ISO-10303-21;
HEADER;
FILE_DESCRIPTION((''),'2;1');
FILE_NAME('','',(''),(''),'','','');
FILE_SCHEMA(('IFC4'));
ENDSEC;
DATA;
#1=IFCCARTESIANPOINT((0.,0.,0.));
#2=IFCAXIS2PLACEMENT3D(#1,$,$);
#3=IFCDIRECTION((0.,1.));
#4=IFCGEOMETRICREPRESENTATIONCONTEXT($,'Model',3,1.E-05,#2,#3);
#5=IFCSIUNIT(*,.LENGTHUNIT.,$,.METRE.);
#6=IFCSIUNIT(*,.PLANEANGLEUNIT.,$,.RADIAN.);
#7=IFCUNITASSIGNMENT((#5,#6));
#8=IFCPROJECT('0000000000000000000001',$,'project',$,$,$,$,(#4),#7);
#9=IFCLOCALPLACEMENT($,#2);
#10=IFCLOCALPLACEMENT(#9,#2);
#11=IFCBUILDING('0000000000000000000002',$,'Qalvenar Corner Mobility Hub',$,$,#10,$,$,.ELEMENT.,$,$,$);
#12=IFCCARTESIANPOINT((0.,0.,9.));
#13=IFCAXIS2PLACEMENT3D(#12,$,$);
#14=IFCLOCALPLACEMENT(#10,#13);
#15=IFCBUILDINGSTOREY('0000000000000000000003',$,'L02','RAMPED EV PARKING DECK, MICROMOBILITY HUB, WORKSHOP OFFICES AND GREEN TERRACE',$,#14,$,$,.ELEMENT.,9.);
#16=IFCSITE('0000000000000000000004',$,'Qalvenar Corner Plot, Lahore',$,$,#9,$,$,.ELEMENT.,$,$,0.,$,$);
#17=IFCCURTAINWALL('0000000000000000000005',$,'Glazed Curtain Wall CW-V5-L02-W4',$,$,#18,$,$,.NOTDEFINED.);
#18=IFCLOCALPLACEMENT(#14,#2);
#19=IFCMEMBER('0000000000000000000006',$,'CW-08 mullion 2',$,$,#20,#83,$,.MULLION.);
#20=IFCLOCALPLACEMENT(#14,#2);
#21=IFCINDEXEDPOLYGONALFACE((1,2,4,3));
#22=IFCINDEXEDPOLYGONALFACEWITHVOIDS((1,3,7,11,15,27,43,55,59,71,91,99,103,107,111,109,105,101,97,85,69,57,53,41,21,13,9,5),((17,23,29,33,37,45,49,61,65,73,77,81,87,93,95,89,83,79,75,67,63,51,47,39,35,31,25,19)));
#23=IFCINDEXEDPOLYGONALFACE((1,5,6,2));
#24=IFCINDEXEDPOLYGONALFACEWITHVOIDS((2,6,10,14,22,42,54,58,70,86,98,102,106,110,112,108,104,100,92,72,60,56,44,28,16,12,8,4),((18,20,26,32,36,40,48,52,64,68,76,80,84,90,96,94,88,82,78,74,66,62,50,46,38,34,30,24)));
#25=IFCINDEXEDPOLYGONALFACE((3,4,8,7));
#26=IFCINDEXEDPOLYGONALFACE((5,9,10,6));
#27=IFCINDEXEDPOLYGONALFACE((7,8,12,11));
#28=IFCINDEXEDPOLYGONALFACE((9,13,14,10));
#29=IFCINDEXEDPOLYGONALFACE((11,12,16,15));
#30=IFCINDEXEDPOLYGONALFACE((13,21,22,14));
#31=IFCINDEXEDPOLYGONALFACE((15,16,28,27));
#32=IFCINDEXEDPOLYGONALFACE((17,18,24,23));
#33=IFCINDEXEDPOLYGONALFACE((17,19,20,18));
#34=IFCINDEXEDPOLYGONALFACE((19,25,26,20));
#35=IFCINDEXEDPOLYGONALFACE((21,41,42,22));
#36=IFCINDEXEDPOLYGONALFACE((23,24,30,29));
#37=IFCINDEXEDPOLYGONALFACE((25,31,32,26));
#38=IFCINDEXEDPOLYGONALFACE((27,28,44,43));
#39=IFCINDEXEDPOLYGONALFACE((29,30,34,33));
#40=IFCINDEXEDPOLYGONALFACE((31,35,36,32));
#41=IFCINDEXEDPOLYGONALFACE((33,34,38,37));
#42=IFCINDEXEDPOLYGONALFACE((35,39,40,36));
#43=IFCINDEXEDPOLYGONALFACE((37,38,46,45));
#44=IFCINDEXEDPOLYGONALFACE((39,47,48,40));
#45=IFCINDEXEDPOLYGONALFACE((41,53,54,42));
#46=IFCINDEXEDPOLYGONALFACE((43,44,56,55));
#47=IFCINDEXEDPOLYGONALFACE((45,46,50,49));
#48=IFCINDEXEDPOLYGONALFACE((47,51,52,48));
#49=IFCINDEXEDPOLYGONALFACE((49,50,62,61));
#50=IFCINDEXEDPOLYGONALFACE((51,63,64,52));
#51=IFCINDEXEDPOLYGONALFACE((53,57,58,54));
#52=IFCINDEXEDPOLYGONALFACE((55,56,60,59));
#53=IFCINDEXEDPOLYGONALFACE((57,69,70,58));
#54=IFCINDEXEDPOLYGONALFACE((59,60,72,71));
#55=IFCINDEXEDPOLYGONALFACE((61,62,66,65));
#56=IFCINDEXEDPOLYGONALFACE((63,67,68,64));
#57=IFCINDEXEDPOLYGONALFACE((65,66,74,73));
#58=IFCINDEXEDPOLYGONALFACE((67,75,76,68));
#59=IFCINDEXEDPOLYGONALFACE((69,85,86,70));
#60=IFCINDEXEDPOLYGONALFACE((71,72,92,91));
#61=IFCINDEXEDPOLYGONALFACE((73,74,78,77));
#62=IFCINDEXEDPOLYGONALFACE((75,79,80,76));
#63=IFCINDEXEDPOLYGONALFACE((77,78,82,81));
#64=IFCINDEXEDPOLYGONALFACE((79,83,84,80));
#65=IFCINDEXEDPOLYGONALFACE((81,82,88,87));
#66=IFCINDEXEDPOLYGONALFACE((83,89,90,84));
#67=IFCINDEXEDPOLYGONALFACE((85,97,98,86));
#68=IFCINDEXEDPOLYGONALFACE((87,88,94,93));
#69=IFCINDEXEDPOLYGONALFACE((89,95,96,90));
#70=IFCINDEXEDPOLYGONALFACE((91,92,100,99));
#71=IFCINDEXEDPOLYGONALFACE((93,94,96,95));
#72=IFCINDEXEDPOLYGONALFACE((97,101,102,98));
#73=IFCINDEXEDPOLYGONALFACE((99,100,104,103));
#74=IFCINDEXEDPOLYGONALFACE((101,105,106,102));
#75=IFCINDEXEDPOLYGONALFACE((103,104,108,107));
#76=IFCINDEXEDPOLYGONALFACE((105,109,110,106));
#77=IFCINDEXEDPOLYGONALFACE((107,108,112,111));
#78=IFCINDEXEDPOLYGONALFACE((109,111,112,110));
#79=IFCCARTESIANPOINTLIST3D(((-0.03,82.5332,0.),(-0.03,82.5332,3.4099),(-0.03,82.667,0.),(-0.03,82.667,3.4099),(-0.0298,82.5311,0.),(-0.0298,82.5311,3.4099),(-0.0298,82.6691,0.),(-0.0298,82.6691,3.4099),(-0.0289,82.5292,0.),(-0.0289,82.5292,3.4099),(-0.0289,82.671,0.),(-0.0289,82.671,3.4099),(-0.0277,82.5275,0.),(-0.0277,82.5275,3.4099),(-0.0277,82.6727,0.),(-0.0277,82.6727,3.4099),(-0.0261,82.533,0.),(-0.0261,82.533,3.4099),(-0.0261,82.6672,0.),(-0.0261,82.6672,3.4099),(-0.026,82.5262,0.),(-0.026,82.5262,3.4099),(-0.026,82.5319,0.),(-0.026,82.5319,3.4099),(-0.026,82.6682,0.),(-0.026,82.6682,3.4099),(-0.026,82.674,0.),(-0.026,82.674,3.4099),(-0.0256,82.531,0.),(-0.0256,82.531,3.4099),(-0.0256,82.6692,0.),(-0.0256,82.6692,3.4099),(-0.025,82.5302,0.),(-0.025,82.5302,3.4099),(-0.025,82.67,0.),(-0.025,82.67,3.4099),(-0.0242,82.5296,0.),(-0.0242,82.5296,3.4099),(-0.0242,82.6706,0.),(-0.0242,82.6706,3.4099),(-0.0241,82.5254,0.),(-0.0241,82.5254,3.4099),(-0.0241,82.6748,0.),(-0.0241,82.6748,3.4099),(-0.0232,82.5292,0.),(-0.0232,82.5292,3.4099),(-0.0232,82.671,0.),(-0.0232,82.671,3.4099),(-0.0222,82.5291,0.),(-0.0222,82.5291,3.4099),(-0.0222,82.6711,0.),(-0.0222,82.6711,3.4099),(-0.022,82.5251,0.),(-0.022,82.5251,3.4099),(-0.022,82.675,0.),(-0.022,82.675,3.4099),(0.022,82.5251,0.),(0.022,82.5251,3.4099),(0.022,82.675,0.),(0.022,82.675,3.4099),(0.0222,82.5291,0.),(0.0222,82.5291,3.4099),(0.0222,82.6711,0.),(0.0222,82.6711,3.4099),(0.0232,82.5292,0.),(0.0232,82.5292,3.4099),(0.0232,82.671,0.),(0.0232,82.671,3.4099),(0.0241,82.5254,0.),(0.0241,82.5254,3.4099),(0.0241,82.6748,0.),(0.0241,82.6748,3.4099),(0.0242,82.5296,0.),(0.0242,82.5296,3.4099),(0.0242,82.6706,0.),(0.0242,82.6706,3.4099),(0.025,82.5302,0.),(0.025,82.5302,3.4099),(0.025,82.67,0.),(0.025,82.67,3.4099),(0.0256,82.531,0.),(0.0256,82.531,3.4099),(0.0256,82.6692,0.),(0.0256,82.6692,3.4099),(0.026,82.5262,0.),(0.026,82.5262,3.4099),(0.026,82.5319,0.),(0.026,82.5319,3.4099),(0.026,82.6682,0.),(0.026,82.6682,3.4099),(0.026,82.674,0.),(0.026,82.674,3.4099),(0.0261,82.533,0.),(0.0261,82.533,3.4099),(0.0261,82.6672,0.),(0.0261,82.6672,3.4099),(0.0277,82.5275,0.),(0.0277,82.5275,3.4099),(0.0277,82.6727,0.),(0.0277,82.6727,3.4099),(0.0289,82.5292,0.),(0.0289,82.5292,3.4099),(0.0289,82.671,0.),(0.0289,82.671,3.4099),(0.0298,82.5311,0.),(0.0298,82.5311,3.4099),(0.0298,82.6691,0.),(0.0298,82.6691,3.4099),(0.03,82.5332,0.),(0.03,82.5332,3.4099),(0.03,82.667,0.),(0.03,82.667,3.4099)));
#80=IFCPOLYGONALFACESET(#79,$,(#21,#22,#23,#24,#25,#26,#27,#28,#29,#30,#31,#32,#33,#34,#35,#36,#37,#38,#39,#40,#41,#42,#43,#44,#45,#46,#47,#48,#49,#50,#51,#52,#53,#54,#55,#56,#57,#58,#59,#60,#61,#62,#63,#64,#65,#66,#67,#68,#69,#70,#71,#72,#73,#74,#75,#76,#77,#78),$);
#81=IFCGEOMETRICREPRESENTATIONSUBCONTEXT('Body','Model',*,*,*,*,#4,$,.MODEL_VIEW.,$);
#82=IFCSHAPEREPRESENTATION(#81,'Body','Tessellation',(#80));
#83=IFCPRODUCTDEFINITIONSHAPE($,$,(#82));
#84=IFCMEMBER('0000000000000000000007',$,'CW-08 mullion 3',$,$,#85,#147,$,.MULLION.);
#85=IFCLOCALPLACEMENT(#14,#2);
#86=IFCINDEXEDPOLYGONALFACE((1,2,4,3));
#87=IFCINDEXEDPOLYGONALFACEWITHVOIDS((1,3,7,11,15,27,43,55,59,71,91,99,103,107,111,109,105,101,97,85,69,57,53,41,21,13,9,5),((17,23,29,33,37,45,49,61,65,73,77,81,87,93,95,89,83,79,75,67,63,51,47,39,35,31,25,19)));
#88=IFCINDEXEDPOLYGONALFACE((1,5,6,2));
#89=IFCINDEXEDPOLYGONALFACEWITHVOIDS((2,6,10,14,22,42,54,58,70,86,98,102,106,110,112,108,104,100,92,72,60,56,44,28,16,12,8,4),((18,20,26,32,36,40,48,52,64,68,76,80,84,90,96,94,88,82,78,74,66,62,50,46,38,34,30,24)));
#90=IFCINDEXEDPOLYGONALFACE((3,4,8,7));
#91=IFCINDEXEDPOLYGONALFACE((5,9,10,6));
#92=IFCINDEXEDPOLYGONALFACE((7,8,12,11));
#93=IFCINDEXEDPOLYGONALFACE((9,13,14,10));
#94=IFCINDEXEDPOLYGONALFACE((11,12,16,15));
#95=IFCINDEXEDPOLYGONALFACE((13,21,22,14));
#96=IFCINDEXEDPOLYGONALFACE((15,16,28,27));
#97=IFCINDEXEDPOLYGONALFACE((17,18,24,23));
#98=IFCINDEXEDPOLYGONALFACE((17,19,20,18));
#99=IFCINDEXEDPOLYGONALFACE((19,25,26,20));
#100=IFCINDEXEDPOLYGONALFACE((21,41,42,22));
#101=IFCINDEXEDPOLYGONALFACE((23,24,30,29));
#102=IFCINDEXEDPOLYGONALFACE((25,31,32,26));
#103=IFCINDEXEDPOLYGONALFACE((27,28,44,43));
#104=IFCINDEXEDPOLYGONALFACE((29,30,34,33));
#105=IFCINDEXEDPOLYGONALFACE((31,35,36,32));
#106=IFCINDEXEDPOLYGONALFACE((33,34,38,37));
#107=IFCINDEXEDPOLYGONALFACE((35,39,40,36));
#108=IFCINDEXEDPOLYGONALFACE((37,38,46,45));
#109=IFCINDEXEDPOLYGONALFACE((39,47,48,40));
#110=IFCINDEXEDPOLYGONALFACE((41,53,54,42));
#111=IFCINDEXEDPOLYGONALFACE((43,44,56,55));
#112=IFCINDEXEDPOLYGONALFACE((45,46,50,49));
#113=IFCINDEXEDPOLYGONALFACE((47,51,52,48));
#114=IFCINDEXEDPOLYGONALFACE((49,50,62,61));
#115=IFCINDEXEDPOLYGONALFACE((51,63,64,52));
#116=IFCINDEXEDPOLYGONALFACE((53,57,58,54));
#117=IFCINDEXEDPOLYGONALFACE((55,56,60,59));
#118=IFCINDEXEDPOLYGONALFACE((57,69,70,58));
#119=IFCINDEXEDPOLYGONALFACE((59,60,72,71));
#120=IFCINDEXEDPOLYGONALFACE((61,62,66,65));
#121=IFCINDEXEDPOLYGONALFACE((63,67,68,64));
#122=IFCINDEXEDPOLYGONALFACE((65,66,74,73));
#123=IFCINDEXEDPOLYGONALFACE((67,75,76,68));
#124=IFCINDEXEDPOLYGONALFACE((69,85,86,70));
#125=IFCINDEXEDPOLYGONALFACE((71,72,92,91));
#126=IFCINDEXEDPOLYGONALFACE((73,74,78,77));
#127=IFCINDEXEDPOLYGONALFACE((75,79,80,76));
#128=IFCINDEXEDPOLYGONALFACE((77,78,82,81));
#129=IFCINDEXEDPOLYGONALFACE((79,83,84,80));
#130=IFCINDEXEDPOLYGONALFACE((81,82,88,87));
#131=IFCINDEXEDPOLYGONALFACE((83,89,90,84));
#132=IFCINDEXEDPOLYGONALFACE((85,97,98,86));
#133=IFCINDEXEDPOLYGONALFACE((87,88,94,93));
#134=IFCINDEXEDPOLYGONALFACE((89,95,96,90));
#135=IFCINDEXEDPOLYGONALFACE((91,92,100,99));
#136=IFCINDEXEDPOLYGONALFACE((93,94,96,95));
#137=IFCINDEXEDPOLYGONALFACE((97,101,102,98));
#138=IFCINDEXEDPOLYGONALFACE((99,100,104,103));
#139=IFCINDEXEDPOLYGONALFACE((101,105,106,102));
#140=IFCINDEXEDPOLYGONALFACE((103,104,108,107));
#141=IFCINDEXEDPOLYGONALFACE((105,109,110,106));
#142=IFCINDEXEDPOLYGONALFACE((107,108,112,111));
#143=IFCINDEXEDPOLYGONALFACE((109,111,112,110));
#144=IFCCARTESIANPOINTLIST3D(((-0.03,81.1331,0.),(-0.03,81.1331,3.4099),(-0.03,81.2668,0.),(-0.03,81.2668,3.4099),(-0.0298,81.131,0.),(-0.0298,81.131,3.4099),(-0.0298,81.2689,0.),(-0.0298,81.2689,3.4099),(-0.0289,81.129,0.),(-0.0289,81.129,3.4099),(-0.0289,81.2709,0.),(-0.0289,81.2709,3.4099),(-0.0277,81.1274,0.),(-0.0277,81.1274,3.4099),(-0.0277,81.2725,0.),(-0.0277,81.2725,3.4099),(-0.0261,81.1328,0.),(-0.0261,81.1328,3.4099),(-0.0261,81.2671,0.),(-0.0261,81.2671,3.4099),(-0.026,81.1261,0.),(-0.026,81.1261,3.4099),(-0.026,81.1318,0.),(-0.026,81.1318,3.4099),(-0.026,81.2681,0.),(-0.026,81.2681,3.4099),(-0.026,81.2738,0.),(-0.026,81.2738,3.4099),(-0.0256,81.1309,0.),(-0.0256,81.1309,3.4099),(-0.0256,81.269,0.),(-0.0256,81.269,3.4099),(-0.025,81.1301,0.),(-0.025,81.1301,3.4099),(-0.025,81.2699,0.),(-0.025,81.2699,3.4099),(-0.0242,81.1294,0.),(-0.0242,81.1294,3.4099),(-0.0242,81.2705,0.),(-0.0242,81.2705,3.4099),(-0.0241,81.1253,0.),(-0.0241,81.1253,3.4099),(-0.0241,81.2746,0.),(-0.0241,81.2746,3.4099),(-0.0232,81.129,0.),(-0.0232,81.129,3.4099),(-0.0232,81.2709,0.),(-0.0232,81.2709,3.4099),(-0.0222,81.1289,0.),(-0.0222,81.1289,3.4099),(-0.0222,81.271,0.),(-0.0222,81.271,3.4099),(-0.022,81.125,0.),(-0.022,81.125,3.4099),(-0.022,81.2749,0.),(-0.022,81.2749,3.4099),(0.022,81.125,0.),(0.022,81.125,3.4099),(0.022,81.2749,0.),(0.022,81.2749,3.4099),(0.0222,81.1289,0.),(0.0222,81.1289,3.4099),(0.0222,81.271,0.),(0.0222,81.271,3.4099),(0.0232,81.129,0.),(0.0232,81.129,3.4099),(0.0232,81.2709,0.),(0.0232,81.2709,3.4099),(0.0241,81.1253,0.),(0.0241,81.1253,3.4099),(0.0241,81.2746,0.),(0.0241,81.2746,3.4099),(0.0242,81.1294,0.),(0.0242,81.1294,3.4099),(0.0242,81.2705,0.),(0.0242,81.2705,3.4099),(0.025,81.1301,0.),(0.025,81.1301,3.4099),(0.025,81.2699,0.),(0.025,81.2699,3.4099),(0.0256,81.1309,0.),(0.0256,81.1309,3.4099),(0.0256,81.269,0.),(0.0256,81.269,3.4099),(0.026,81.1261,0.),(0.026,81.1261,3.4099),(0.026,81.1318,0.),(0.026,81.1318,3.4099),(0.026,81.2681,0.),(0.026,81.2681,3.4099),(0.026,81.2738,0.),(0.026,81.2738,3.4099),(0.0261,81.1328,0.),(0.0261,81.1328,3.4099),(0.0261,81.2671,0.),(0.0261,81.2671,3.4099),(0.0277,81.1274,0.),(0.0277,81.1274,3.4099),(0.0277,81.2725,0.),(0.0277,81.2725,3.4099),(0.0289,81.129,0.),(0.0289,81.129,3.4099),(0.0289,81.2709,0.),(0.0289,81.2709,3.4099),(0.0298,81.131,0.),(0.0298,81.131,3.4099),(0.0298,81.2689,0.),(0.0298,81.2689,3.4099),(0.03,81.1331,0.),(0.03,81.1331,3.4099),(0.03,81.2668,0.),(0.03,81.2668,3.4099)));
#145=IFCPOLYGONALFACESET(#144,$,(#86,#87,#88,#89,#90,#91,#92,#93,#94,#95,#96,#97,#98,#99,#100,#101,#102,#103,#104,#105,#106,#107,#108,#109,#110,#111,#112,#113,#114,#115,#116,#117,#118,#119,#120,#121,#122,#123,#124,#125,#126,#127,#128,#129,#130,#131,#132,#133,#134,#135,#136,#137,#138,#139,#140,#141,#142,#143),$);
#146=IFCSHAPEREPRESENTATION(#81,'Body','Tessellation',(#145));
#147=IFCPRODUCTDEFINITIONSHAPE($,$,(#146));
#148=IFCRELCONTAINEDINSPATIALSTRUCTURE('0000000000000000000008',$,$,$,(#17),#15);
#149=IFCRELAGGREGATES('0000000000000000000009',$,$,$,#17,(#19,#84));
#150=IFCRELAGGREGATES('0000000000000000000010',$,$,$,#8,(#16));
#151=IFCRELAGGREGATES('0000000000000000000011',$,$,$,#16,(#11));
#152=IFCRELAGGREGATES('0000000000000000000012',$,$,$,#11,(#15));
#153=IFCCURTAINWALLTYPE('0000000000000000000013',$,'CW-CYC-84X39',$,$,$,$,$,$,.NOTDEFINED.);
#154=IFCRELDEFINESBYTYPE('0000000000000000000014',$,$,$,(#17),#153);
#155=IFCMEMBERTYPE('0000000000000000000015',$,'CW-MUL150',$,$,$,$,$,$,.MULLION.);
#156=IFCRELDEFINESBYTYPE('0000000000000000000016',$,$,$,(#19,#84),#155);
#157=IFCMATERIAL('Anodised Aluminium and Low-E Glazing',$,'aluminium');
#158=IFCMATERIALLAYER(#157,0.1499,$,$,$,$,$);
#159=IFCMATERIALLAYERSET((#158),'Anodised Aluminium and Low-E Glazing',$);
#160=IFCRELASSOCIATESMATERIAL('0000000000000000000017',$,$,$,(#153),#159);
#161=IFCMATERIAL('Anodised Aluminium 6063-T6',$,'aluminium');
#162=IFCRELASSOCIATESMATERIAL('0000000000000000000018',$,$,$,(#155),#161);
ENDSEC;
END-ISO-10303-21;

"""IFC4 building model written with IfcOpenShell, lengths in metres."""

from ifc_helpers import new_model, si_unit, direction, frame, origin, origin_2d, place, context, subcontext, project, spatial, hollow_rectangle, extrude, material, layer, layer_set, material_profile, profile_set, type_object, element, aggregate, save


model = new_model("IFC4")

# Units and contexts
model_context = context("Model", 3, precision=1e-05, world=origin(), true_north=direction((0.0, 1.0)))
body_context = subcontext(model_context, "Body", "Model", "MODEL_VIEW")
ifc_project = project(units=[si_unit("LENGTHUNIT", "METRE"), si_unit("PLANEANGLEUNIT", "RADIAN")], contexts=[model_context])

# Site, building, storey
site_placement = place(None, origin())
site = spatial("IfcSite", under=ifc_project, at=site_placement, Name="Qalvenar Corner Plot, Lahore", CompositionType="ELEMENT", RefElevation=0.0)
building_placement = place(site_placement, origin())
building = spatial("IfcBuilding", under=site, at=building_placement, Name="Qalvenar Corner Mobility Hub", CompositionType="ELEMENT")
storey_placement = place(building_placement, frame((0.0, 0.0, 9.0)))
storey = spatial("IfcBuildingStorey", under=building, at=storey_placement, Name="L02", Description="RAMPED EV PARKING DECK, MICROMOBILITY HUB, WORKSHOP OFFICES AND GREEN TERRACE", CompositionType="ELEMENT", Elevation=9.0)

# Curtain wall, members
ifc_material_1 = material(Name="Anodised Aluminium and Low-E Glazing", Category="aluminium")
ifc_layer_1 = layer(ifc_material_1, 0.1499)
ifc_layer_set_1 = layer_set([ifc_layer_1], Name="Anodised Aluminium and Low-E Glazing")
curtain_wall_type = type_object("IfcCurtainWallType", Name="CW-CYC-84X39", PredefinedType="NOTDEFINED", material=ifc_layer_set_1)
curtain_wall_placement = place(storey_placement, origin())
curtain_wall = element("IfcCurtainWall", 1, at=curtain_wall_placement, inside=storey, type_object=curtain_wall_type, Name="Glazed Curtain Wall CW-V5-L02-W4", PredefinedType="NOTDEFINED")
ifc_material_2 = material(Name="Anodised Aluminium 6063-T6", Category="aluminium")
ifc_material_profile_1 = material_profile(ifc_material_2, hollow_rectangle(XDim=0.0601, YDim=0.1499, WallThickness=0.0039, InnerFilletRadius=0.0039, OuterFilletRadius=0.0081, at=origin_2d()), Name="RHS150x60x4")
ifc_profile_set_1 = profile_set([ifc_material_profile_1], Name="Anodised Aluminium 6063-T6")
member_type_1 = type_object("IfcMemberType", Name="CW-MUL150", PredefinedType="MULLION", material=ifc_profile_set_1)
member_1_placement = place(storey_placement, frame((0.0, 82.6001, 0.0), z_axis=(0.0, 0.0, 1.0), x_axis=(1.0, 0.0, 0.0)))
member_1 = element("IfcMember", 2, at=member_1_placement, type_object=member_type_1, Name="CW-08 mullion 2", PredefinedType="MULLION", context=body_context, shape_type="SweptSolid", body=[
    extrude(hollow_rectangle(XDim=0.0601, YDim=0.1499, WallThickness=0.0039, InnerFilletRadius=0.0039, OuterFilletRadius=0.0081, at=origin_2d()), origin(), (0.0, 0.0, 1.0), 3.4099),
])
member_2_placement = place(storey_placement, frame((0.0, 81.2, 0.0), z_axis=(0.0, 0.0, 1.0), x_axis=(1.0, 0.0, 0.0)))
member_2 = element("IfcMember", 3, at=member_2_placement, type_object=member_type_1, Name="CW-08 mullion 3", PredefinedType="MULLION", context=body_context, shape_type="SweptSolid", body=[
    extrude(hollow_rectangle(XDim=0.0601, YDim=0.1499, WallThickness=0.0039, InnerFilletRadius=0.0039, OuterFilletRadius=0.0081, at=origin_2d()), origin(), (0.0, 0.0, 1.0), 3.4099),
])
aggregate(curtain_wall, [member_1, member_2])

save(model, "model.ifc")
